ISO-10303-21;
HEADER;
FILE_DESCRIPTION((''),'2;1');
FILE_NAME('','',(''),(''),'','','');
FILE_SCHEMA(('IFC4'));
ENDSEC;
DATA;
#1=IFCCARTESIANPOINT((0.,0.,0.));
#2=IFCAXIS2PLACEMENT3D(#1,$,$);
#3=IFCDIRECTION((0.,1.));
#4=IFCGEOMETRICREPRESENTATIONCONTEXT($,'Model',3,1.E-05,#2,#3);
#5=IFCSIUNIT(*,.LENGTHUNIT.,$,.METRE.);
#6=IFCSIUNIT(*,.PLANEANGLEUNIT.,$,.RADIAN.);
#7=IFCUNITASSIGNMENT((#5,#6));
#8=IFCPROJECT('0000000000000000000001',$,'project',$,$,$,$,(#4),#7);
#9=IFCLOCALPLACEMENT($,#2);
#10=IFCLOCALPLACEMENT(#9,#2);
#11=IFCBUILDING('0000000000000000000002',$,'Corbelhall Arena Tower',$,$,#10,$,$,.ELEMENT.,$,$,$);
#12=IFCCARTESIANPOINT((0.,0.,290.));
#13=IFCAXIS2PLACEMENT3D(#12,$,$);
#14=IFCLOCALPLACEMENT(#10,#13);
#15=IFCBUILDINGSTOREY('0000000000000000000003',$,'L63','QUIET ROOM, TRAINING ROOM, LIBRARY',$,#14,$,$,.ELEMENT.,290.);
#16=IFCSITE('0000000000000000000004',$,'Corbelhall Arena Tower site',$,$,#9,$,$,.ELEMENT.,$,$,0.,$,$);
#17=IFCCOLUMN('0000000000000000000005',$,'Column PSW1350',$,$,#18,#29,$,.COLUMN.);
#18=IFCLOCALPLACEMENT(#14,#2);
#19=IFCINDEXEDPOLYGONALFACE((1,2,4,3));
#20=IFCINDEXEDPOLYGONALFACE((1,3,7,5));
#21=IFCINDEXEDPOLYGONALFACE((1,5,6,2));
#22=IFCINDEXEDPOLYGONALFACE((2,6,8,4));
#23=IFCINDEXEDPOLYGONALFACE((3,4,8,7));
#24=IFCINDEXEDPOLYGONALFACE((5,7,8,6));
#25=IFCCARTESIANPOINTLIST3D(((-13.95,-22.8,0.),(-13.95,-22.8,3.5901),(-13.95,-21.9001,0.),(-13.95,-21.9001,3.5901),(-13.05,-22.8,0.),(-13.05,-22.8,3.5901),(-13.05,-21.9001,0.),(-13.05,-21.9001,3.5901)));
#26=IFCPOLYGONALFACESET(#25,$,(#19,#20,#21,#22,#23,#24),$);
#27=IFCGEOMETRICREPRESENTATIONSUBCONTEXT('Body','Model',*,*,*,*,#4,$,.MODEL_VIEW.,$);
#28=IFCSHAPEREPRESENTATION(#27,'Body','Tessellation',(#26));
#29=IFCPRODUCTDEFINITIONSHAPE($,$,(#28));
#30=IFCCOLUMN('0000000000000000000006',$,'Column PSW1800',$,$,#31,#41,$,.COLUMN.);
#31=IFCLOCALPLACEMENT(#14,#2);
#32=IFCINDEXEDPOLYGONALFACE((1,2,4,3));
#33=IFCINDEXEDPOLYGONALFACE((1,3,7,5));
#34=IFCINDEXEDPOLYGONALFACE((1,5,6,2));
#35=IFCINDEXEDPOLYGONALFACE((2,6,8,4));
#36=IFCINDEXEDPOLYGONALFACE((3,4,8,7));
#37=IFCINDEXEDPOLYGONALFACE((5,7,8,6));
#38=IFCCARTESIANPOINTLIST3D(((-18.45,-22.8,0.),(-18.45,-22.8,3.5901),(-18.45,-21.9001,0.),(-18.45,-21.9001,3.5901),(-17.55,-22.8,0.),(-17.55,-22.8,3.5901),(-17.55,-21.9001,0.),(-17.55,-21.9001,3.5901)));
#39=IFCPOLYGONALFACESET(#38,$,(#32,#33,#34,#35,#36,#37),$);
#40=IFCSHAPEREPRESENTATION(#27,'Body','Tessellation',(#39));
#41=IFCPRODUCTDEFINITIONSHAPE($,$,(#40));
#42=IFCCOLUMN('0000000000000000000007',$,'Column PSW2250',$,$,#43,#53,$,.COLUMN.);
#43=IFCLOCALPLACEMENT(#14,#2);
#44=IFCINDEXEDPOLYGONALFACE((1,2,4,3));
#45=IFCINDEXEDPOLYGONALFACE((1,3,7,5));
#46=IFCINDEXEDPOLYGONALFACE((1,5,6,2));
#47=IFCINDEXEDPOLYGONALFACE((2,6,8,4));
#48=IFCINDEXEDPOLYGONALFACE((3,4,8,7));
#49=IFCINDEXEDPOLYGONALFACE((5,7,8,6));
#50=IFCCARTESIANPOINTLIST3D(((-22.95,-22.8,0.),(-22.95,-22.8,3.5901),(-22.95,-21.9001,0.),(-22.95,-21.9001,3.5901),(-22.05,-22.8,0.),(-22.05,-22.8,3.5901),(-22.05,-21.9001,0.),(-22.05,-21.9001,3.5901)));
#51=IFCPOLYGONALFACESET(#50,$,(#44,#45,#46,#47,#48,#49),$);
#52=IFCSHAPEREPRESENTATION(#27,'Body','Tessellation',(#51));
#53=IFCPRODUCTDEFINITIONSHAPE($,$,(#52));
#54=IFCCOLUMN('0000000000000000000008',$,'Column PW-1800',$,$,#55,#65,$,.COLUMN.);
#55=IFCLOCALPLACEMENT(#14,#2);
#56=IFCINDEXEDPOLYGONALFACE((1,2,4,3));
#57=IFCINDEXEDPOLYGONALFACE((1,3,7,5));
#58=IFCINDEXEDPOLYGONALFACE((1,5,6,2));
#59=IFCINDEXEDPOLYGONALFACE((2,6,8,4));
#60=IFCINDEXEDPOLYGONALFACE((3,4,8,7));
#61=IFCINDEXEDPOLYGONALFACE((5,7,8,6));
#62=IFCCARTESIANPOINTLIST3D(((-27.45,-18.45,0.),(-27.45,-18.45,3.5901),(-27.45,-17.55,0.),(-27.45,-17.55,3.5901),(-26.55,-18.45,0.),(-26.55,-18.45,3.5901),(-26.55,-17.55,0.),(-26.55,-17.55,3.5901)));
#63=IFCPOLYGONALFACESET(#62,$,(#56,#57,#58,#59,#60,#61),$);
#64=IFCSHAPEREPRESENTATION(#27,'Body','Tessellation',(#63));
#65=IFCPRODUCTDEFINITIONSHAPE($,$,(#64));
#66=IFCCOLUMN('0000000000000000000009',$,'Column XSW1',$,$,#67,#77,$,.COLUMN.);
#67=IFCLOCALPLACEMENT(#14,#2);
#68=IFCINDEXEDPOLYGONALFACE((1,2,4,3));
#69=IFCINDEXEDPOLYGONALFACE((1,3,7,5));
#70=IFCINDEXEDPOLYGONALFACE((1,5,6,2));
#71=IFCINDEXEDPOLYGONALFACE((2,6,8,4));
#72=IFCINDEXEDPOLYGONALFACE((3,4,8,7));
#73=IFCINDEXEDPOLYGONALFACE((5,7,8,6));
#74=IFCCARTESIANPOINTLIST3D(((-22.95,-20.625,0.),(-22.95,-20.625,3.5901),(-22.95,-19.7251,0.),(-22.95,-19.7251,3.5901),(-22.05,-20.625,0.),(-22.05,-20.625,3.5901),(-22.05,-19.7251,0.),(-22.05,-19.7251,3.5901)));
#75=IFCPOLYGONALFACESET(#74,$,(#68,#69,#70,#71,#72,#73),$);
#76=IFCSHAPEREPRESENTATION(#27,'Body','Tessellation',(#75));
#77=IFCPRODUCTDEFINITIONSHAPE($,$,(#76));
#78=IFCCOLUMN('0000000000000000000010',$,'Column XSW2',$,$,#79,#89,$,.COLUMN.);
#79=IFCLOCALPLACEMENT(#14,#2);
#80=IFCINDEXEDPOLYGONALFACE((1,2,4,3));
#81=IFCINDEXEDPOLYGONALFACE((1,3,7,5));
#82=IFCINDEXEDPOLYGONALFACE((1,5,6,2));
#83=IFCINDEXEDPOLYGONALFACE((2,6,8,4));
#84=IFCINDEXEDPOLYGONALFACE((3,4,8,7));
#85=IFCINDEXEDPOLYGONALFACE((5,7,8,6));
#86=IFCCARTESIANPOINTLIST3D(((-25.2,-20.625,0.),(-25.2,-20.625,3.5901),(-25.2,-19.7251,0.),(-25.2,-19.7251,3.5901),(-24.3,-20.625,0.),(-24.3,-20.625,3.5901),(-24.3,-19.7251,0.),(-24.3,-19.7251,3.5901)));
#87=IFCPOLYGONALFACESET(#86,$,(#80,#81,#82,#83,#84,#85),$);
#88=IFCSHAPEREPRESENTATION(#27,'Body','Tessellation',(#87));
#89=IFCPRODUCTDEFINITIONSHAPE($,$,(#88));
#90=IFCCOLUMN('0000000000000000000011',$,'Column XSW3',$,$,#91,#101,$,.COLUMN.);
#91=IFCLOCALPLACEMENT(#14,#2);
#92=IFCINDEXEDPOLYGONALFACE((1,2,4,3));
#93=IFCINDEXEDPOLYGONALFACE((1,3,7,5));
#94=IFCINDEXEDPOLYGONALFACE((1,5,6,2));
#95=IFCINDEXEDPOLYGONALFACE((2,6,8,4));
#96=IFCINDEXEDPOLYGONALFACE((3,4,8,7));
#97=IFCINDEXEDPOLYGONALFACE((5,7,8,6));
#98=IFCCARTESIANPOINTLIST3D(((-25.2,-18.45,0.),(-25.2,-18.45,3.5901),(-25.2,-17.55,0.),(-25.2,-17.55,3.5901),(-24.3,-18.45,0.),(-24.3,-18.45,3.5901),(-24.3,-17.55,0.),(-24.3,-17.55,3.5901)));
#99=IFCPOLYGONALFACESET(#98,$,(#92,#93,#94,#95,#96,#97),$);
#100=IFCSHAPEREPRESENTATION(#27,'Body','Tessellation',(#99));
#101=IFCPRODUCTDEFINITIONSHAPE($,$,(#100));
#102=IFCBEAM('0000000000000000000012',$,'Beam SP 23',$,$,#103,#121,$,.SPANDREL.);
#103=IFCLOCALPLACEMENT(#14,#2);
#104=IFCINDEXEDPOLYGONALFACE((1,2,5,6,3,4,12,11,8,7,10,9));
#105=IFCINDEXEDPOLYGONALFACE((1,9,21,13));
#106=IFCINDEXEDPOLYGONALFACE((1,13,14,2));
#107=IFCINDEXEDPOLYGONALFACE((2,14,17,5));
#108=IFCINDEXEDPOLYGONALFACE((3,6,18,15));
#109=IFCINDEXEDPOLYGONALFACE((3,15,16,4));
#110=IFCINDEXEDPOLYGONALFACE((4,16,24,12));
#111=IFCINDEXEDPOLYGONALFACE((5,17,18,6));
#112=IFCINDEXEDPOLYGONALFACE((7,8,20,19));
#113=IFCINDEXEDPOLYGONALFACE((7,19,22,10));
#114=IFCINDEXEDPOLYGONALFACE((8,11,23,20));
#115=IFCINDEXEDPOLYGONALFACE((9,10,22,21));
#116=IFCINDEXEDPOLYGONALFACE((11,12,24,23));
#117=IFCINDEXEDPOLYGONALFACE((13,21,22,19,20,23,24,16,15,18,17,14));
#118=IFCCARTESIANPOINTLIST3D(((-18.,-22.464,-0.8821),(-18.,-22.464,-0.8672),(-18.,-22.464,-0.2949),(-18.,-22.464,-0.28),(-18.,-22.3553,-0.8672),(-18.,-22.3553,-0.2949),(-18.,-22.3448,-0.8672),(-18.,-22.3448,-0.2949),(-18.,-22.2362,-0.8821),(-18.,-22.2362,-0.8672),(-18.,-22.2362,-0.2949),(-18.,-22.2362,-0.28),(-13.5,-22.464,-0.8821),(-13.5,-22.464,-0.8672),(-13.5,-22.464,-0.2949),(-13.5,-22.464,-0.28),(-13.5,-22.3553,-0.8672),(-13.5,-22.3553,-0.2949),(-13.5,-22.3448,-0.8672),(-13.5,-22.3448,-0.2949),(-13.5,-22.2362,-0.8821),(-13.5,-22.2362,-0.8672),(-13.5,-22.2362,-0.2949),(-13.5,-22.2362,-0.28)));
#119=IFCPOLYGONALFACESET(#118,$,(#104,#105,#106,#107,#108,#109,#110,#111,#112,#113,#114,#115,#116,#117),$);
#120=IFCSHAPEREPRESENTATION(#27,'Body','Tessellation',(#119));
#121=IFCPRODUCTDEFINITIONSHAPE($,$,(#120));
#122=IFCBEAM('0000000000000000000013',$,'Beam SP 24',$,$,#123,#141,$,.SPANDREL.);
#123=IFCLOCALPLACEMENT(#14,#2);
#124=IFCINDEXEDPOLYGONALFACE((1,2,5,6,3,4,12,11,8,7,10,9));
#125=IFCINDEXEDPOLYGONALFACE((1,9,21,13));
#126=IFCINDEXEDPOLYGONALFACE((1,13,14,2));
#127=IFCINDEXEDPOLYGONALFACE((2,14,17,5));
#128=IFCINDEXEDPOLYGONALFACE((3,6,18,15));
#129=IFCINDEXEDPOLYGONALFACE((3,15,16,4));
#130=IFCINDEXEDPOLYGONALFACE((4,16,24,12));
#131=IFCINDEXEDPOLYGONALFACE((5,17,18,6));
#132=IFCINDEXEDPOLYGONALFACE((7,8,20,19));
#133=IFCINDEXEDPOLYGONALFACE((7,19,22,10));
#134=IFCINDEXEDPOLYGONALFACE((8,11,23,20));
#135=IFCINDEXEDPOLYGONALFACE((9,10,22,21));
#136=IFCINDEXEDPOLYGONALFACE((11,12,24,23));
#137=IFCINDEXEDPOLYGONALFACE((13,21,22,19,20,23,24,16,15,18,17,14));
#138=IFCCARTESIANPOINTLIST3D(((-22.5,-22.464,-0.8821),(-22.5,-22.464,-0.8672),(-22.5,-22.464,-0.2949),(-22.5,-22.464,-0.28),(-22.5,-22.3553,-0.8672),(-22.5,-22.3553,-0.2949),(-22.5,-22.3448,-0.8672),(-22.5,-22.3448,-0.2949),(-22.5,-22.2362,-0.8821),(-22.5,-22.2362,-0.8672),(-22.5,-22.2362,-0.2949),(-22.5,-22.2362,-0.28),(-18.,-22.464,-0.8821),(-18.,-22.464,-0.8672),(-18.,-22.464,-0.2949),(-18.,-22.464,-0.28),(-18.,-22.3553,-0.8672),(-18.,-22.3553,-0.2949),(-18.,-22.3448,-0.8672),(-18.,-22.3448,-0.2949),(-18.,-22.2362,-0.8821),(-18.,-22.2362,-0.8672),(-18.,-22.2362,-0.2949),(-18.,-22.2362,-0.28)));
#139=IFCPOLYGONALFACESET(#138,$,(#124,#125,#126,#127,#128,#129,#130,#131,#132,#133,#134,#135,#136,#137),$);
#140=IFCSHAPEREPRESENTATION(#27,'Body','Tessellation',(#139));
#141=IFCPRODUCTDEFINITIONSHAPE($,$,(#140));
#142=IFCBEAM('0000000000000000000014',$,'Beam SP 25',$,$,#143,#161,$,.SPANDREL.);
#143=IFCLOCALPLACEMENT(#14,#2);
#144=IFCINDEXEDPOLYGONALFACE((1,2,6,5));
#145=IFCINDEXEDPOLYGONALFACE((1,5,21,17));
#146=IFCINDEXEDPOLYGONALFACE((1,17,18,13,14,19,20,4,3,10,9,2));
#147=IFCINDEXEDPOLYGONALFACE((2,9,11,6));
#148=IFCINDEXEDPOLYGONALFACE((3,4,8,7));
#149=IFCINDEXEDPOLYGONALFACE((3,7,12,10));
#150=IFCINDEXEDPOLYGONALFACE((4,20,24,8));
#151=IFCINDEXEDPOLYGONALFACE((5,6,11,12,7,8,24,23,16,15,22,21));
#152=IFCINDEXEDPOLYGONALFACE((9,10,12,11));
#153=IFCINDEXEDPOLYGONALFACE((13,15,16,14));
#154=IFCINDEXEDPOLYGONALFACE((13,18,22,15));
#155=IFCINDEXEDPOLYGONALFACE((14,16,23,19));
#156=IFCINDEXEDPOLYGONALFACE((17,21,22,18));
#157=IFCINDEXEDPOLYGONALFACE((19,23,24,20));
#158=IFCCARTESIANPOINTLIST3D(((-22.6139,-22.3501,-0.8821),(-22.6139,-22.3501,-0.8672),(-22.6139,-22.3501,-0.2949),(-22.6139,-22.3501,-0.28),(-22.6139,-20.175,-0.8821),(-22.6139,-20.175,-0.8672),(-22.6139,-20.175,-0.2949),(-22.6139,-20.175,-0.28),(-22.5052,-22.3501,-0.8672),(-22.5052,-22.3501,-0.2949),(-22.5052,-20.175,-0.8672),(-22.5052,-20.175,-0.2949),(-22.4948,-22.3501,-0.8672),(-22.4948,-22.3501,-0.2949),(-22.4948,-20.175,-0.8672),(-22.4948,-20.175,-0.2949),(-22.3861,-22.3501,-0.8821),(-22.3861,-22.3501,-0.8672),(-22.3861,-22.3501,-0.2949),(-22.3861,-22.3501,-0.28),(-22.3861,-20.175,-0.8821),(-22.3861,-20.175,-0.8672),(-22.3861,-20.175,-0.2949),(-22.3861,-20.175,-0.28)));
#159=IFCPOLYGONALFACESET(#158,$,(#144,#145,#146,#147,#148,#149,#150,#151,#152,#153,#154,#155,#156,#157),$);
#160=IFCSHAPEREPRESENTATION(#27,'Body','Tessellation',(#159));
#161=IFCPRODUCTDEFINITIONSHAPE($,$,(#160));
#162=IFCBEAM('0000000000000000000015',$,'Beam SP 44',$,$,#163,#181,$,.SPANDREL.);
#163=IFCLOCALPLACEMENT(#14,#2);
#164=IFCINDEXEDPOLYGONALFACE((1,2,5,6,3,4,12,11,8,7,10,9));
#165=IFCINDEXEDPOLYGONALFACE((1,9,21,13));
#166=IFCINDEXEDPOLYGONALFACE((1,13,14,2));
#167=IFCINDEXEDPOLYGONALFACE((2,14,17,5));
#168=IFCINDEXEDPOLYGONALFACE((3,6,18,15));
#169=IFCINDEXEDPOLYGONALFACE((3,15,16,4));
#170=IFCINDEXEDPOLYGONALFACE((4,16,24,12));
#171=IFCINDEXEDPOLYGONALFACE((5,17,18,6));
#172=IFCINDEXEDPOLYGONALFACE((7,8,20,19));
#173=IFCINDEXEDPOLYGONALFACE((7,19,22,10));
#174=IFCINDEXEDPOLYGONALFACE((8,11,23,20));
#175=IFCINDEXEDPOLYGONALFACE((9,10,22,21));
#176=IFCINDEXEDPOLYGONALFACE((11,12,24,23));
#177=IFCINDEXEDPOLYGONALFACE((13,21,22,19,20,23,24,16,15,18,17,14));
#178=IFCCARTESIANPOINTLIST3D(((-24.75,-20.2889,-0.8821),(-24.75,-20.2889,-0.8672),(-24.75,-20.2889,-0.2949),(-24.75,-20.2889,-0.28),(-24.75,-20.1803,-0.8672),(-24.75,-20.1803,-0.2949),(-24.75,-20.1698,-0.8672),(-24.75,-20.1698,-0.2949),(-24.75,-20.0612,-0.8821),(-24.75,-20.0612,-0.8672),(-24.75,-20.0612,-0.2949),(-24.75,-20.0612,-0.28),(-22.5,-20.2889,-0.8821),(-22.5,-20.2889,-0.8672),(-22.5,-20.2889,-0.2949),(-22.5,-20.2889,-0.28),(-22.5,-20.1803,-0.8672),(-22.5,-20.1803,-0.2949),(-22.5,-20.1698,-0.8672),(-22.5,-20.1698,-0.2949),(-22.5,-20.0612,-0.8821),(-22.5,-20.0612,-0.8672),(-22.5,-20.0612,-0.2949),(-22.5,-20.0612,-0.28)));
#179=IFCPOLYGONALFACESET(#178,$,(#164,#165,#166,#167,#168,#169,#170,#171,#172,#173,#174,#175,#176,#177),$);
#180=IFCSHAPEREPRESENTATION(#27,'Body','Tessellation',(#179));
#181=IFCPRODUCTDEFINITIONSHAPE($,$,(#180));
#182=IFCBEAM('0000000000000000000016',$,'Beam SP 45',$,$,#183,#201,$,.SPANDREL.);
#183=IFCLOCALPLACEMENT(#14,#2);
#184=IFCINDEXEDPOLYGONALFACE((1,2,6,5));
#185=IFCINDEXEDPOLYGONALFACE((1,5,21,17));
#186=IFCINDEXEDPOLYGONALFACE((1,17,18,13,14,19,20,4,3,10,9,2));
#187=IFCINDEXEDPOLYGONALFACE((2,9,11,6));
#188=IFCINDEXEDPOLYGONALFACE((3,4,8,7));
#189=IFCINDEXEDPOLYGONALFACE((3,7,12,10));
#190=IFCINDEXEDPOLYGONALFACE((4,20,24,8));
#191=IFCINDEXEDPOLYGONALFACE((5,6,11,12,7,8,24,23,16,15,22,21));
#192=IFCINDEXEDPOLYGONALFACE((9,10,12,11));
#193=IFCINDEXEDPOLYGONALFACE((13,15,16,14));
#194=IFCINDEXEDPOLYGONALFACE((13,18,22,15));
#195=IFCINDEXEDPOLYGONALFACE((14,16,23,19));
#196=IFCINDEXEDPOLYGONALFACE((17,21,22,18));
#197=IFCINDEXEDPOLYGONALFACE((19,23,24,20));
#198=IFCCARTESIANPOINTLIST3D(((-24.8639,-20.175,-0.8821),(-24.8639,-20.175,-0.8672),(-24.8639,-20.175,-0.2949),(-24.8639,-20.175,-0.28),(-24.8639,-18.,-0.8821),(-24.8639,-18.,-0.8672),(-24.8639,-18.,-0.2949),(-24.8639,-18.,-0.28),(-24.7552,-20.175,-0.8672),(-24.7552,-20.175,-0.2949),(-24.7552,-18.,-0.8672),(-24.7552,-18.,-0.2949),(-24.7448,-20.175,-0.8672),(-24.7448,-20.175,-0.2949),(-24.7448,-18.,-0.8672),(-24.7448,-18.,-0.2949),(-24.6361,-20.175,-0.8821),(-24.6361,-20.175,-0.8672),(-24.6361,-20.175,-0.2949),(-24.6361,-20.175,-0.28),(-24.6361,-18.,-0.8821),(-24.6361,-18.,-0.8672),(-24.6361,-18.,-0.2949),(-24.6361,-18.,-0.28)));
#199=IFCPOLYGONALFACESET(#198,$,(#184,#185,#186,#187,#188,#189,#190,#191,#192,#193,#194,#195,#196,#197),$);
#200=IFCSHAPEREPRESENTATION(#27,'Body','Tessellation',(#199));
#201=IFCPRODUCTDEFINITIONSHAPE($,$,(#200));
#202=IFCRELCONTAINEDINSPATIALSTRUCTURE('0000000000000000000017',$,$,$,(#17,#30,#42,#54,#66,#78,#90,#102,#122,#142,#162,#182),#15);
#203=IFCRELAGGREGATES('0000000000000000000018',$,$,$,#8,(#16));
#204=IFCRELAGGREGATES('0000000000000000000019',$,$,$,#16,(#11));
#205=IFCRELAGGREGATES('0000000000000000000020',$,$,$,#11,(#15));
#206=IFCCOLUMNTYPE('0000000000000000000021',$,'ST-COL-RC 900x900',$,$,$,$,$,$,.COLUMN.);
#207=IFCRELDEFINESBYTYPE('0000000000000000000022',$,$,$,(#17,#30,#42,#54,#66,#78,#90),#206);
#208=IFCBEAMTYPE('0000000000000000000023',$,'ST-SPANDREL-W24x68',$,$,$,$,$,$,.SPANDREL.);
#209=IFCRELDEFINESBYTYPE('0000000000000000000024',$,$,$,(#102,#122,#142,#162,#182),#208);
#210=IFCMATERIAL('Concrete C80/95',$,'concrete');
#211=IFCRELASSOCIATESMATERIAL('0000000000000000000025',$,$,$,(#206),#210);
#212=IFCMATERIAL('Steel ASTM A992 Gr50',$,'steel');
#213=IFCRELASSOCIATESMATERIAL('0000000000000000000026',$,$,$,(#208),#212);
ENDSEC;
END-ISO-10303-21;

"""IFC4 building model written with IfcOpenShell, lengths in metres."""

from ifc_helpers import new_model, si_unit, direction, frame, origin, origin_2d, place, context, subcontext, project, spatial, rectangle, i_section, extrude, material, material_profile, profile_set, type_object, element, save


model = new_model("IFC4")

# Units and contexts
model_context = context("Model", 3, precision=1e-05, world=origin(), true_north=direction((0.0, 1.0)))
body_context = subcontext(model_context, "Body", "Model", "MODEL_VIEW")
ifc_project = project(units=[si_unit("LENGTHUNIT", "METRE"), si_unit("PLANEANGLEUNIT", "RADIAN")], contexts=[model_context])

# Site, building, storey
site_placement = place(None, origin())
site = spatial("IfcSite", under=ifc_project, at=site_placement, Name="Corbelhall Arena Tower site", CompositionType="ELEMENT", RefElevation=0.0)
building_placement = place(site_placement, origin())
building = spatial("IfcBuilding", under=site, at=building_placement, Name="Corbelhall Arena Tower", CompositionType="ELEMENT")
storey_placement = place(building_placement, frame((0.0, 0.0, 290.0)))
storey = spatial("IfcBuildingStorey", under=building, at=storey_placement, Name="L63", Description="QUIET ROOM, TRAINING ROOM, LIBRARY", CompositionType="ELEMENT", Elevation=290.0)

# Columns
ifc_material_1 = material(Name="Concrete C80/95", Category="concrete")
ifc_material_profile_1 = material_profile(ifc_material_1, rectangle(XDim=0.8999, YDim=0.8999, at=origin_2d()))
ifc_profile_set_1 = profile_set([ifc_material_profile_1], Name="Concrete C80/95")
column_type = type_object("IfcColumnType", Name="ST-COL-RC 900x900", PredefinedType="COLUMN", material=ifc_profile_set_1)
for number, where, z_axis, x_axis, name in (
    (1, (-13.5, -22.3501, 0.0), (0.0, 0.0, 1.0), (1.0, 0.0, 0.0), "Column PSW1350"),
    (2, (-18.0, -22.3501, 0.0), (0.0, 0.0, 1.0), (1.0, 0.0, 0.0), "Column PSW1800"),
    (3, (-22.5, -22.3501, 0.0), (0.0, 0.0, 1.0), (1.0, 0.0, 0.0), "Column PSW2250"),
    (4, (-27.0, -18.0, 0.0), (0.0, 0.0, 1.0), (0.0, 1.0, 0.0), "Column PW-1800"),
    (5, (-22.5, -20.175, 0.0), (0.0, 0.0, 1.0), (1.0, 0.0, 0.0), "Column XSW1"),
    (6, (-24.75, -20.175, 0.0), (0.0, 0.0, 1.0), (1.0, 0.0, 0.0), "Column XSW2"),
    (7, (-24.75, -18.0, 0.0), (0.0, 0.0, 1.0), (1.0, 0.0, 0.0), "Column XSW3"),
):
    element("IfcColumn", number, at=place(storey_placement, frame(where, z_axis=z_axis, x_axis=x_axis)), inside=storey, type_object=column_type, Name=name, PredefinedType="COLUMN", context=body_context, shape_type="SweptSolid", body=[
        extrude(rectangle(XDim=0.8999, YDim=0.8999, at=origin_2d()), origin(), (0.0, 0.0, 1.0), 3.5901),
    ])

# Beams
ifc_material_2 = material(Name="Steel ASTM A992 Gr50", Category="steel")
ifc_material_profile_2 = material_profile(ifc_material_2, i_section(OverallWidth=0.2278, OverallDepth=0.6021, WebThickness=0.0105, FlangeThickness=0.0149, at=origin_2d()))
ifc_profile_set_2 = profile_set([ifc_material_profile_2], Name="Steel ASTM A992 Gr50")
beam_type_1 = type_object("IfcBeamType", Name="ST-SPANDREL-W24x68", PredefinedType="SPANDREL", material=ifc_profile_set_2)
for number, where, z_axis, x_axis, name in (
    (8, (-13.5, -22.3501, -0.5811), (-1.0, 0.0, 0.0), (0.0, -1.0, 0.0), "Beam SP 23"),
    (9, (-18.0, -22.3501, -0.5811), (-1.0, 0.0, 0.0), (0.0, -1.0, 0.0), "Beam SP 24"),
):
    element("IfcBeam", number, at=place(storey_placement, frame(where, z_axis=z_axis, x_axis=x_axis)), inside=storey, type_object=beam_type_1, Name=name, PredefinedType="SPANDREL", context=body_context, shape_type="SweptSolid", body=[
        extrude(i_section(OverallWidth=0.2278, OverallDepth=0.6021, WebThickness=0.0105, FlangeThickness=0.0149, at=origin_2d()), origin(), (0.0, 0.0, 1.0), 4.5),
    ])
beam_1_placement = place(storey_placement, frame((-22.5, -22.3501, -0.5811), z_axis=(0.0, 1.0, 0.0), x_axis=(-1.0, 0.0, 0.0)))
element("IfcBeam", 10, at=beam_1_placement, inside=storey, type_object=beam_type_1, Name="Beam SP 25", PredefinedType="SPANDREL", context=body_context, shape_type="SweptSolid", body=[
    extrude(i_section(OverallWidth=0.2278, OverallDepth=0.6021, WebThickness=0.0105, FlangeThickness=0.0149, at=origin_2d()), origin(), (0.0, 0.0, 1.0), 2.175),
])
beam_2_placement = place(storey_placement, frame((-22.5, -20.175, -0.5811), z_axis=(-1.0, 0.0, 0.0), x_axis=(0.0, -1.0, 0.0)))
element("IfcBeam", 11, at=beam_2_placement, inside=storey, type_object=beam_type_1, Name="Beam SP 44", PredefinedType="SPANDREL", context=body_context, shape_type="SweptSolid", body=[
    extrude(i_section(OverallWidth=0.2278, OverallDepth=0.6021, WebThickness=0.0105, FlangeThickness=0.0149, at=origin_2d()), origin(), (0.0, 0.0, 1.0), 2.25),
])
beam_3_placement = place(storey_placement, frame((-24.75, -20.175, -0.5811), z_axis=(0.0, 1.0, 0.0), x_axis=(-1.0, 0.0, 0.0)))
element("IfcBeam", 12, at=beam_3_placement, inside=storey, type_object=beam_type_1, Name="Beam SP 45", PredefinedType="SPANDREL", context=body_context, shape_type="SweptSolid", body=[
    extrude(i_section(OverallWidth=0.2278, OverallDepth=0.6021, WebThickness=0.0105, FlangeThickness=0.0149, at=origin_2d()), origin(), (0.0, 0.0, 1.0), 2.175),
])

save(model, "model.ifc")
